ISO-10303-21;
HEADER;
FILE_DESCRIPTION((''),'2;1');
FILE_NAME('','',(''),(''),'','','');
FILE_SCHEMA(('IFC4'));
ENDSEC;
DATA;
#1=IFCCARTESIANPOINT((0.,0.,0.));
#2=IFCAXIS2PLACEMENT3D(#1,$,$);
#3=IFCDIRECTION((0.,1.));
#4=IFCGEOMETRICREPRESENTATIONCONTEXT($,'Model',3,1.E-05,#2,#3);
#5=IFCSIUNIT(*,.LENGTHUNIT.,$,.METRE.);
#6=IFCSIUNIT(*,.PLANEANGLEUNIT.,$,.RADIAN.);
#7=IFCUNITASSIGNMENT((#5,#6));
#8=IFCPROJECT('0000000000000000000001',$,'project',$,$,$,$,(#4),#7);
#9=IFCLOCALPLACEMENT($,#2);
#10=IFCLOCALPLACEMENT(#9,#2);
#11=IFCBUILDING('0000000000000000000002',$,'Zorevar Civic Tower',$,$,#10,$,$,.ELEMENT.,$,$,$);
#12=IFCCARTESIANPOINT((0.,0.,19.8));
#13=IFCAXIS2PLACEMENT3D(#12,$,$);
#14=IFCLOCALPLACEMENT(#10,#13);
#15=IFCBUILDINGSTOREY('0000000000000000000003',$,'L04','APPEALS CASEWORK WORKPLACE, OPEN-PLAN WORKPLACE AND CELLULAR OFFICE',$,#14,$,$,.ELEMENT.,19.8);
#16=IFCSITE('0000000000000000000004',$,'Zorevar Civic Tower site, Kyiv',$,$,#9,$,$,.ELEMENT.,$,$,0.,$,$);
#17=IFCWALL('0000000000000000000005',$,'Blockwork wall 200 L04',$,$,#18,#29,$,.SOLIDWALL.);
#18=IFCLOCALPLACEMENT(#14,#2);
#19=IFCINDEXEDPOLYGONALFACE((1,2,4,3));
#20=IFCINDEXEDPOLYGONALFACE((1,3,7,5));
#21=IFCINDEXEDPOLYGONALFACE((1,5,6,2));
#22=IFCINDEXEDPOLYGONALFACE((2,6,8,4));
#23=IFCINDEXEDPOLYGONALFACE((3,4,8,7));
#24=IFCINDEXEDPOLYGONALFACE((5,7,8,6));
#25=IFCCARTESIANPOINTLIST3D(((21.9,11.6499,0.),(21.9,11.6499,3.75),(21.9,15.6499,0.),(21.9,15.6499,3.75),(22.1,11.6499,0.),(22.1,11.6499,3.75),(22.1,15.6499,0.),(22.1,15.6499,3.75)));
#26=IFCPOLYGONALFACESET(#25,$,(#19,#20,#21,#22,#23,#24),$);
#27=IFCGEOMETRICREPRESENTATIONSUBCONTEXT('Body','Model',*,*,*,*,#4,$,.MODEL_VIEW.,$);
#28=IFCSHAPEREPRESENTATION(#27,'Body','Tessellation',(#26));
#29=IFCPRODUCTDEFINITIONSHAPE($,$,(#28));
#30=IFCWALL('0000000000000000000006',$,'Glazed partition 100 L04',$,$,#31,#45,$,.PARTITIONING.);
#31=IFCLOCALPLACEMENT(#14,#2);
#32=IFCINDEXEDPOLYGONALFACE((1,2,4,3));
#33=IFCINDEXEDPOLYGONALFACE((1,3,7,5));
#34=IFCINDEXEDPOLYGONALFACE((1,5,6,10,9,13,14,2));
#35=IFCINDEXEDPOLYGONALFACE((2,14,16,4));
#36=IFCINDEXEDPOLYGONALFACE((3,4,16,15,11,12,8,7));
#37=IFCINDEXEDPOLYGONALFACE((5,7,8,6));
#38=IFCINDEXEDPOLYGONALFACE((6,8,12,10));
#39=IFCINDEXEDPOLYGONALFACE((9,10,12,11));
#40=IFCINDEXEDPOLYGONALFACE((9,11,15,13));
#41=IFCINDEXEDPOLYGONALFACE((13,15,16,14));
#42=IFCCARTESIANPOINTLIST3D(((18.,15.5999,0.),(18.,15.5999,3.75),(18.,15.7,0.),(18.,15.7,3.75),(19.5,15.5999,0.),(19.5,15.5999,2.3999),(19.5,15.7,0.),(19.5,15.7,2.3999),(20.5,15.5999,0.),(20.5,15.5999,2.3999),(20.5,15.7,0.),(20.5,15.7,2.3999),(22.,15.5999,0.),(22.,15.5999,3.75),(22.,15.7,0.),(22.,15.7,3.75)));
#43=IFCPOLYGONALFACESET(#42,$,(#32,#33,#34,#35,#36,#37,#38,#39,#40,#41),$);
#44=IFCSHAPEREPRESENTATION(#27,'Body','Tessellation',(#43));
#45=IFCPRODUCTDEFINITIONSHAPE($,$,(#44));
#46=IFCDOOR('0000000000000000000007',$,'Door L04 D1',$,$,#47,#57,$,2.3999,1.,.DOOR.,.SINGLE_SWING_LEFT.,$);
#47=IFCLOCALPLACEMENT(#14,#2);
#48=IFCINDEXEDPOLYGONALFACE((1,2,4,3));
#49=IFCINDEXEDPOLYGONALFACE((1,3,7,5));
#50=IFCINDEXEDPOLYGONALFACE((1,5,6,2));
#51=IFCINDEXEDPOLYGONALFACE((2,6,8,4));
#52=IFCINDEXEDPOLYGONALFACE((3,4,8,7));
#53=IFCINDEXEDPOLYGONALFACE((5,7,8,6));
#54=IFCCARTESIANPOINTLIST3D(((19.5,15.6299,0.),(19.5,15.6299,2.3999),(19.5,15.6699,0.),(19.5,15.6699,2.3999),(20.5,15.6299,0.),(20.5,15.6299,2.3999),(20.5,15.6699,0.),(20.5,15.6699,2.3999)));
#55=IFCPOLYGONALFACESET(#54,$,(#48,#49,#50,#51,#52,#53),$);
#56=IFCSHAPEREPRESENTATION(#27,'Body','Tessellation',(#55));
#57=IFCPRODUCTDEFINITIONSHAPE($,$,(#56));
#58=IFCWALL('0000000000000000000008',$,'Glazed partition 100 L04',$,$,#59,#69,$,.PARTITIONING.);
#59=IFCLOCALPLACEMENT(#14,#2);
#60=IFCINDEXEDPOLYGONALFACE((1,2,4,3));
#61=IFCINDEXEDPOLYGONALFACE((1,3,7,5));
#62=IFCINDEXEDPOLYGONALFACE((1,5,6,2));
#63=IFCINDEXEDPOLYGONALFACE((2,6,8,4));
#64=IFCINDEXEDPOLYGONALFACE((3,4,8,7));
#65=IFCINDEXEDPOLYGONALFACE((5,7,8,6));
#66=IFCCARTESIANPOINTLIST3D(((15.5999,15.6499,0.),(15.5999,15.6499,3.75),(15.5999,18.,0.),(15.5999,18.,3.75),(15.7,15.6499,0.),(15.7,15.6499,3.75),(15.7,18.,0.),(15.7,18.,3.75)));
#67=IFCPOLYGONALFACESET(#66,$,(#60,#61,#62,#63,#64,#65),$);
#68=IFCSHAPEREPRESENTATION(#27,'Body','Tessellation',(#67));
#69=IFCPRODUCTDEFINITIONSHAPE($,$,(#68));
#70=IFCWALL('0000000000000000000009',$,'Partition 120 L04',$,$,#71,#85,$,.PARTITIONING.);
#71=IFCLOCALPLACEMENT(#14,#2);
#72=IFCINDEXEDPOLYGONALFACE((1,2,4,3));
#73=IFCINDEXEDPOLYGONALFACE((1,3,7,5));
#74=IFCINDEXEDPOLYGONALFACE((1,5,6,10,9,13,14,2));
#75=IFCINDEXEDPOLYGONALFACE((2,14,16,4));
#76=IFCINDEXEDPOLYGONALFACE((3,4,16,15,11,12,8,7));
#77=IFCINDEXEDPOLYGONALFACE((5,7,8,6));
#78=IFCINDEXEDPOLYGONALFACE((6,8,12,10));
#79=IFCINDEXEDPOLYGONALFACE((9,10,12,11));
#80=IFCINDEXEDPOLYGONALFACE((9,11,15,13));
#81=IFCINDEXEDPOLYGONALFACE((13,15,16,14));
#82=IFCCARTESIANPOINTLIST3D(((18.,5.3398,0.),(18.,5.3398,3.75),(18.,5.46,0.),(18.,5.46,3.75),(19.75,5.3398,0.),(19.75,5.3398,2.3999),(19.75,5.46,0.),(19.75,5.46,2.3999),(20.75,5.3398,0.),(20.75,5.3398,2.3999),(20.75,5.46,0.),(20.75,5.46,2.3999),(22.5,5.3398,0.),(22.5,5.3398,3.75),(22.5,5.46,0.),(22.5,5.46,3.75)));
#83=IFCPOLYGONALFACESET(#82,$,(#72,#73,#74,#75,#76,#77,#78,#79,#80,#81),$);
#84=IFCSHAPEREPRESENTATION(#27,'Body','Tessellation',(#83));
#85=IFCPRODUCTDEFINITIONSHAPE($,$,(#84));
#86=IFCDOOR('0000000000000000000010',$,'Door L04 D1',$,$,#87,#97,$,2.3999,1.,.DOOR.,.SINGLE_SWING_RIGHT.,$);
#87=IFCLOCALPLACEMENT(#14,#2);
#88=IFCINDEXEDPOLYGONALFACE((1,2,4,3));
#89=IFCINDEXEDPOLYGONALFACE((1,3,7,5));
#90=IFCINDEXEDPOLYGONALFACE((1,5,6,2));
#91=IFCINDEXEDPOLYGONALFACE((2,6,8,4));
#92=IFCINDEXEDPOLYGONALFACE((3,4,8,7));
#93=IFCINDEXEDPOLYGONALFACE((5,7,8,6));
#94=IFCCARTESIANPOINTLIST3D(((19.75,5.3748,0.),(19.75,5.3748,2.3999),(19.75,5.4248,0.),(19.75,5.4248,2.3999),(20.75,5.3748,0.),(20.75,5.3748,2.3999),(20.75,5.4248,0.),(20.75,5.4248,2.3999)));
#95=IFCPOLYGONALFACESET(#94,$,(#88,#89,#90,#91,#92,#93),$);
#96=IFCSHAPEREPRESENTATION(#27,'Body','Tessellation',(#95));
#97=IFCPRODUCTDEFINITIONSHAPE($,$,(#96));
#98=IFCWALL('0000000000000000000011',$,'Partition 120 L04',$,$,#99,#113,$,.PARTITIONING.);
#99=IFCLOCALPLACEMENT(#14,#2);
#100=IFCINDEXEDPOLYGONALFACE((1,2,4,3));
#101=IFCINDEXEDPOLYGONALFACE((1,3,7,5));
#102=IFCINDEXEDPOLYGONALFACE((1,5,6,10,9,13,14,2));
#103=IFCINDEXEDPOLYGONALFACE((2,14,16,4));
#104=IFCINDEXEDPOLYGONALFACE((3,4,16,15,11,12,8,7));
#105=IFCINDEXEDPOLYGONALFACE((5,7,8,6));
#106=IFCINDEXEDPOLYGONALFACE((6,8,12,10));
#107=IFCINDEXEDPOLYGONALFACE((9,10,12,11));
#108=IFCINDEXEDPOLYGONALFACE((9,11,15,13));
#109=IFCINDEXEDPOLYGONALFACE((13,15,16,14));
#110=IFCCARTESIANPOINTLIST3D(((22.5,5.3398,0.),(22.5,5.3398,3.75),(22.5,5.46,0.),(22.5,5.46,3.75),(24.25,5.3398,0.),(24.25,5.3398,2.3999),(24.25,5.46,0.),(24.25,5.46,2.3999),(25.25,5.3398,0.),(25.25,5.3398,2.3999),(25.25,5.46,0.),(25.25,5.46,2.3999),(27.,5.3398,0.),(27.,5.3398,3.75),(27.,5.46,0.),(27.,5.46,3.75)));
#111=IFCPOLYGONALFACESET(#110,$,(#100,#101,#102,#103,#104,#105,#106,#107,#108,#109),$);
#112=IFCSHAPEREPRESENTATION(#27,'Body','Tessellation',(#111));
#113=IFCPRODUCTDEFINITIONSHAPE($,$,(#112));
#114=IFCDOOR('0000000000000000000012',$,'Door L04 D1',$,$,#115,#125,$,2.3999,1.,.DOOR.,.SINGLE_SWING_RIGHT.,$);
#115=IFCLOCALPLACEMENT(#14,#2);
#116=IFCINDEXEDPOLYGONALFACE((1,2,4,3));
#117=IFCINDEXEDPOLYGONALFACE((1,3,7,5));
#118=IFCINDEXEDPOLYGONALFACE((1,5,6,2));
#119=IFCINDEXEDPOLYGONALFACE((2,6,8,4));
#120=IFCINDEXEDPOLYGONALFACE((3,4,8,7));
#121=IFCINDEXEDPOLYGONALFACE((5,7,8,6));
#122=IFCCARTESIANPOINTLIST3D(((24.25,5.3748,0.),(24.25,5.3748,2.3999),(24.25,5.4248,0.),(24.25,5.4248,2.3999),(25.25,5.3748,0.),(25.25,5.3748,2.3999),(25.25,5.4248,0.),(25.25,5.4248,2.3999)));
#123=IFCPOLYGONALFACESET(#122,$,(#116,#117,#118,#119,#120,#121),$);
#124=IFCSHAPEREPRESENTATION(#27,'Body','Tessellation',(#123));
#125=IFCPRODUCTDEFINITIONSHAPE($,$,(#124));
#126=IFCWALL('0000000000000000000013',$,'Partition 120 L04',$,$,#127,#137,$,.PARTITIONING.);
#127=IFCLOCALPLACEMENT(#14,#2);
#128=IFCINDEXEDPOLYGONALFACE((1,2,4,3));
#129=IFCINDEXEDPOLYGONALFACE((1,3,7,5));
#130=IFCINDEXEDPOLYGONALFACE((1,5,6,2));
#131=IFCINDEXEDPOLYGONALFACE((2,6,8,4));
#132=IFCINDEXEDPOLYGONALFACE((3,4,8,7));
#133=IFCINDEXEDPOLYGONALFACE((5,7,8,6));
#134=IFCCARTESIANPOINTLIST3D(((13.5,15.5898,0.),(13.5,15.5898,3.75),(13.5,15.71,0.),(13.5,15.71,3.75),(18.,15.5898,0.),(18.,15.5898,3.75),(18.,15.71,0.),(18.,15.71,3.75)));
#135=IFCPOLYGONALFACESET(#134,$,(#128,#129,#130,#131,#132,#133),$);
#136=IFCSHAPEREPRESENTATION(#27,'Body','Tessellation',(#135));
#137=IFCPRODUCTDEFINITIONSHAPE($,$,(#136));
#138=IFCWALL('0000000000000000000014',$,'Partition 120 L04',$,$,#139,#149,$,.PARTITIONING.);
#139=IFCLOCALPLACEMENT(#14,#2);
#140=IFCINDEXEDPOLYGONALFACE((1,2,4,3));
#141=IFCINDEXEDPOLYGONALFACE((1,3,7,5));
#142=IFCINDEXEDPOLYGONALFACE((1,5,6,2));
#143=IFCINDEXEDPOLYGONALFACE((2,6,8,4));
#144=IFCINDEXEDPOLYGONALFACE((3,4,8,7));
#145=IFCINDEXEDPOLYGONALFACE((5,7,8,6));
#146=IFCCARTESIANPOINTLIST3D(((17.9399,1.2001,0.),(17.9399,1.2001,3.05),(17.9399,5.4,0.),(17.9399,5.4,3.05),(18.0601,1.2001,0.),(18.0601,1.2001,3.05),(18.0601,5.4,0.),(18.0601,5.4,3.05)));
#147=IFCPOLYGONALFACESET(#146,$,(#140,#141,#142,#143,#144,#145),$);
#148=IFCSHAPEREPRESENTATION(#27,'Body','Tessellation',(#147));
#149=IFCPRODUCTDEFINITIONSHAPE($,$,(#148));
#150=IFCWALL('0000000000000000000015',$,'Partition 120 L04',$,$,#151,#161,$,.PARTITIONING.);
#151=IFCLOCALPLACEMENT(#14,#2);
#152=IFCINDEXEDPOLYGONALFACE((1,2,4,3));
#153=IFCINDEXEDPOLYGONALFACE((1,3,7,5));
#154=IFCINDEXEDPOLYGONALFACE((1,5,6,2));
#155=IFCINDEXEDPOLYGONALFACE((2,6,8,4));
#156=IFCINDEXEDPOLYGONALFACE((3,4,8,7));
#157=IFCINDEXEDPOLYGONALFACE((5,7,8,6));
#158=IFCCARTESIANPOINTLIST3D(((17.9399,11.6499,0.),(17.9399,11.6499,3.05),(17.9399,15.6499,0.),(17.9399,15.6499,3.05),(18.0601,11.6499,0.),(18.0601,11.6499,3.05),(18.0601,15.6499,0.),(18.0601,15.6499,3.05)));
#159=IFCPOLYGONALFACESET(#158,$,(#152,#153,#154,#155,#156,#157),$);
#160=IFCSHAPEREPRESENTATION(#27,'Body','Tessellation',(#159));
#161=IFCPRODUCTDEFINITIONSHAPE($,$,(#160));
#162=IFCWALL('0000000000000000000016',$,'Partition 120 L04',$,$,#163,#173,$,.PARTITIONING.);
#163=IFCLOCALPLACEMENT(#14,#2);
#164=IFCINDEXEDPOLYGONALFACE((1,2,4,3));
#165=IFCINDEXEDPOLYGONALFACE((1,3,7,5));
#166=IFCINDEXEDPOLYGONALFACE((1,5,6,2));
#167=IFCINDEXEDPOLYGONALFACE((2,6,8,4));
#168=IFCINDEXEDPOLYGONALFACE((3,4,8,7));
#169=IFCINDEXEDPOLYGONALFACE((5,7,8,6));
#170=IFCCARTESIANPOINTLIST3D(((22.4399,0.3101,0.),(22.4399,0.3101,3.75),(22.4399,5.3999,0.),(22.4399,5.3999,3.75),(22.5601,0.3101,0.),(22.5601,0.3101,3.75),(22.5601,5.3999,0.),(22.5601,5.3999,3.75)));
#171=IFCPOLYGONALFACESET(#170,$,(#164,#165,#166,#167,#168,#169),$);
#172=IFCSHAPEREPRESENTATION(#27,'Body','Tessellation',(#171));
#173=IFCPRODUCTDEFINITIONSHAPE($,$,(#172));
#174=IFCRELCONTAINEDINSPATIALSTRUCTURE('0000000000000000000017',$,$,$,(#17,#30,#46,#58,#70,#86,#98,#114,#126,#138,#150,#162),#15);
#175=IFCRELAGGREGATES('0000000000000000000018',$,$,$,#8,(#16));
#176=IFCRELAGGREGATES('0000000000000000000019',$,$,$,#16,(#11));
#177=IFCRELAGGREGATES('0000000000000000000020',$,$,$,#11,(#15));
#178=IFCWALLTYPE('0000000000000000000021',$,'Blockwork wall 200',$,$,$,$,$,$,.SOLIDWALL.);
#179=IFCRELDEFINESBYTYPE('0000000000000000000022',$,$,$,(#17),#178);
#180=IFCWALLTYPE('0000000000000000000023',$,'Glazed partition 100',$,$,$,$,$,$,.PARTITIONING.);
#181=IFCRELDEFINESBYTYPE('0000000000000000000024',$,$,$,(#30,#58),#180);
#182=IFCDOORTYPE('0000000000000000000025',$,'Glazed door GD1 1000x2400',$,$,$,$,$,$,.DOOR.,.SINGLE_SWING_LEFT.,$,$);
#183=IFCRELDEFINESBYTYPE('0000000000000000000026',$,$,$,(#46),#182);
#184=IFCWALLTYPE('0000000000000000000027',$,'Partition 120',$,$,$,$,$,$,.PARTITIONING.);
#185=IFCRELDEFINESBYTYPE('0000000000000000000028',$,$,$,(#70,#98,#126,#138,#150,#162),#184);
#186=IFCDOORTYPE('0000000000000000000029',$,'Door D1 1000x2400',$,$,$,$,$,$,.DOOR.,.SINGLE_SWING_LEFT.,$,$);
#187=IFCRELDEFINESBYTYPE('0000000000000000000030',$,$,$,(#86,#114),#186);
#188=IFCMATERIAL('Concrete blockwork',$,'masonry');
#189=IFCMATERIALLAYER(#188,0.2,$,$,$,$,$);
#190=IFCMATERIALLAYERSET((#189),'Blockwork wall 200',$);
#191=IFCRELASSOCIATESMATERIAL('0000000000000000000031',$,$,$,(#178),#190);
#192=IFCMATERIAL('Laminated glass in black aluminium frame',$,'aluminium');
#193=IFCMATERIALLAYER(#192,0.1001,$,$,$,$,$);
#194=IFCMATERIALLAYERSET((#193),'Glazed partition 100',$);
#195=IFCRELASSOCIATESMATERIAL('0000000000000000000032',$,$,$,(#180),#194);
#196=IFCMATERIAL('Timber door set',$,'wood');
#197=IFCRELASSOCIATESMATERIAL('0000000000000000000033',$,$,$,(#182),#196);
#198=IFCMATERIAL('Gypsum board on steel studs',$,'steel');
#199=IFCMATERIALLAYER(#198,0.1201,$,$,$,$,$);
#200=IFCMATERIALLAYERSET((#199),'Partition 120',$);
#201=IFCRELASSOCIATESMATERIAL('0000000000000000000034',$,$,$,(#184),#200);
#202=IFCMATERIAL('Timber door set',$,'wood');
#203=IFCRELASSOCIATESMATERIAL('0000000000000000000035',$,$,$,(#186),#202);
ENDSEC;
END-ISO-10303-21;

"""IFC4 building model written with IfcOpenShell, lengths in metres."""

from ifc_helpers import new_model, si_unit, direction, frame, frame_2d, origin, place, context, subcontext, project, spatial, rectangle, extrude, material, layer, layer_set, type_object, element, fill, save


model = new_model("IFC4")

# Units and contexts
model_context = context("Model", 3, precision=1e-05, world=origin(), true_north=direction((0.0, 1.0)))
body_context = subcontext(model_context, "Body", "Model", "MODEL_VIEW")
ifc_project = project(units=[si_unit("LENGTHUNIT", "METRE"), si_unit("PLANEANGLEUNIT", "RADIAN")], contexts=[model_context])

# Site, building, storey
site_placement = place(None, origin())
site = spatial("IfcSite", under=ifc_project, at=site_placement, Name="Zorevar Civic Tower site, Kyiv", CompositionType="ELEMENT", RefElevation=0.0)
building_placement = place(site_placement, origin())
building = spatial("IfcBuilding", under=site, at=building_placement, Name="Zorevar Civic Tower", CompositionType="ELEMENT")
storey_placement = place(building_placement, frame((0.0, 0.0, 19.8)))
storey = spatial("IfcBuildingStorey", under=building, at=storey_placement, Name="L04", Description="APPEALS CASEWORK WORKPLACE, OPEN-PLAN WORKPLACE AND CELLULAR OFFICE", CompositionType="ELEMENT", Elevation=19.8)

# Shared definitions
ifc_material_1 = material(Name="Concrete blockwork", Category="masonry")
ifc_layer_1 = layer(ifc_material_1, 0.2)
ifc_layer_set_1 = layer_set([ifc_layer_1], Name="Blockwork wall 200")
wall_type_1 = type_object("IfcWallType", Name="Blockwork wall 200", PredefinedType="SOLIDWALL", material=ifc_layer_set_1)

# Wall
wall_1_placement = place(storey_placement, frame((22.0, 11.6499, 0.0), z_axis=(0.0, 0.0, 1.0), x_axis=(0.0, 1.0, 0.0)))
element("IfcWall", 1, at=wall_1_placement, inside=storey, type_object=wall_type_1, Name="Blockwork wall 200 L04", PredefinedType="SOLIDWALL", context=body_context, shape_type="SweptSolid", body=[
    extrude(rectangle(XDim=4.0, YDim=0.2, at=frame_2d((2.0, 0.0))), origin(), (0.0, 0.0, 1.0), 3.75),
])

# Wall, opening, door
ifc_material_2 = material(Name="Laminated glass in black aluminium frame", Category="aluminium")
ifc_layer_2 = layer(ifc_material_2, 0.1001)
ifc_layer_set_2 = layer_set([ifc_layer_2], Name="Glazed partition 100")
wall_type_2 = type_object("IfcWallType", Name="Glazed partition 100", PredefinedType="PARTITIONING", material=ifc_layer_set_2)
wall_2_placement = place(storey_placement, frame((18.0, 15.6499, 0.0), z_axis=(0.0, 0.0, 1.0), x_axis=(1.0, 0.0, 0.0)))
wall_2 = element("IfcWall", 2, at=wall_2_placement, inside=storey, type_object=wall_type_2, Name="Glazed partition 100 L04", PredefinedType="PARTITIONING", context=body_context, shape_type="SweptSolid", body=[
    extrude(rectangle(XDim=4.0, YDim=0.1001, at=frame_2d((2.0, 0.0))), origin(), (0.0, 0.0, 1.0), 3.75),
])
opening_1_placement = place(wall_2_placement, frame((1.5, 0.0, 0.0)))
opening_1 = element("IfcOpeningElement", 3, at=opening_1_placement, cuts=wall_2, PredefinedType="OPENING", context=body_context, shape_type="SweptSolid", body=[
    extrude(rectangle(XDim=1.0, YDim=2.3999, at=frame_2d((0.5, 1.2))), frame((0.0, 0.0601, 0.0), z_axis=(0.0, -1.0, 0.0), x_axis=(1.0, 0.0, 0.0)), (0.0, 0.0, 1.0), 0.1201),
])
ifc_material_3 = material(Name="Timber door set", Category="wood")
door_type_1 = type_object("IfcDoorType", Name="Glazed door GD1 1000x2400", OperationType="SINGLE_SWING_LEFT", PredefinedType="DOOR", material=ifc_material_3)
door_1_placement = place(opening_1_placement, origin())
door_1 = element("IfcDoor", 4, at=door_1_placement, inside=storey, type_object=door_type_1, Name="Door L04 D1", OperationType="SINGLE_SWING_LEFT", OverallHeight=2.3999, OverallWidth=1.0, PredefinedType="DOOR", context=body_context, shape_type="SweptSolid", body=[
    extrude(rectangle(XDim=1.0, YDim=2.3999, at=frame_2d((0.5, 1.2))), frame((0.0, 0.02, 0.0), z_axis=(0.0, -1.0, 0.0), x_axis=(1.0, 0.0, 0.0)), (0.0, 0.0, 1.0), 0.04),
])
fill(opening_1, door_1)

# Wall
wall_3_placement = place(storey_placement, frame((15.6499, 15.6499, 0.0), z_axis=(0.0, 0.0, 1.0), x_axis=(0.0, 1.0, 0.0)))
element("IfcWall", 5, at=wall_3_placement, inside=storey, type_object=wall_type_2, Name="Glazed partition 100 L04", PredefinedType="PARTITIONING", context=body_context, shape_type="SweptSolid", body=[
    extrude(rectangle(XDim=2.3501, YDim=0.1001, at=frame_2d((1.175, 0.0))), origin(), (0.0, 0.0, 1.0), 3.75),
])

# Walls, openings, doors
ifc_material_4 = material(Name="Gypsum board on steel studs", Category="steel")
ifc_layer_3 = layer(ifc_material_4, 0.1201)
ifc_layer_set_3 = layer_set([ifc_layer_3], Name="Partition 120")
wall_type_3 = type_object("IfcWallType", Name="Partition 120", PredefinedType="PARTITIONING", material=ifc_layer_set_3)
wall_4_placement = place(storey_placement, frame((18.0, 5.3999, 0.0), z_axis=(0.0, 0.0, 1.0), x_axis=(1.0, 0.0, 0.0)))
wall_4 = element("IfcWall", 6, at=wall_4_placement, inside=storey, type_object=wall_type_3, Name="Partition 120 L04", PredefinedType="PARTITIONING", context=body_context, shape_type="SweptSolid", body=[
    extrude(rectangle(XDim=4.5, YDim=0.1201, at=frame_2d((2.25, 0.0))), origin(), (0.0, 0.0, 1.0), 3.75),
])
opening_2_placement = place(wall_4_placement, frame((1.75, 0.0, 0.0)))
opening_2 = element("IfcOpeningElement", 7, at=opening_2_placement, cuts=wall_4, PredefinedType="OPENING", context=body_context, shape_type="SweptSolid", body=[
    extrude(rectangle(XDim=1.0, YDim=2.3999, at=frame_2d((0.5, 1.2))), frame((0.0, 0.0701, 0.0), z_axis=(0.0, -1.0, 0.0), x_axis=(1.0, 0.0, 0.0)), (0.0, 0.0, 1.0), 0.1401),
])
ifc_material_5 = material(Name="Timber door set", Category="wood")
door_type_2 = type_object("IfcDoorType", Name="Door D1 1000x2400", OperationType="SINGLE_SWING_LEFT", PredefinedType="DOOR", material=ifc_material_5)
door_2_placement = place(opening_2_placement, origin())
door_2 = element("IfcDoor", 8, at=door_2_placement, inside=storey, type_object=door_type_2, Name="Door L04 D1", OperationType="SINGLE_SWING_RIGHT", OverallHeight=2.3999, OverallWidth=1.0, PredefinedType="DOOR", context=body_context, shape_type="SweptSolid", body=[
    extrude(rectangle(XDim=1.0, YDim=2.3999, at=frame_2d((0.5, 1.2))), frame((0.0, 0.0249, 0.0), z_axis=(0.0, -1.0, 0.0), x_axis=(1.0, 0.0, 0.0)), (0.0, 0.0, 1.0), 0.05),
])
fill(opening_2, door_2)
wall_5_placement = place(storey_placement, frame((22.5, 5.3999, 0.0), z_axis=(0.0, 0.0, 1.0), x_axis=(1.0, 0.0, 0.0)))
wall_5 = element("IfcWall", 9, at=wall_5_placement, inside=storey, type_object=wall_type_3, Name="Partition 120 L04", PredefinedType="PARTITIONING", context=body_context, shape_type="SweptSolid", body=[
    extrude(rectangle(XDim=4.5, YDim=0.1201, at=frame_2d((2.25, 0.0))), origin(), (0.0, 0.0, 1.0), 3.75),
])
opening_3_placement = place(wall_5_placement, frame((1.75, 0.0, 0.0)))
opening_3 = element("IfcOpeningElement", 10, at=opening_3_placement, cuts=wall_5, PredefinedType="OPENING", context=body_context, shape_type="SweptSolid", body=[
    extrude(rectangle(XDim=1.0, YDim=2.3999, at=frame_2d((0.5, 1.2))), frame((0.0, 0.0701, 0.0), z_axis=(0.0, -1.0, 0.0), x_axis=(1.0, 0.0, 0.0)), (0.0, 0.0, 1.0), 0.1401),
])
door_3_placement = place(opening_3_placement, origin())
door_3 = element("IfcDoor", 11, at=door_3_placement, inside=storey, type_object=door_type_2, Name="Door L04 D1", OperationType="SINGLE_SWING_RIGHT", OverallHeight=2.3999, OverallWidth=1.0, PredefinedType="DOOR", context=body_context, shape_type="SweptSolid", body=[
    extrude(rectangle(XDim=1.0, YDim=2.3999, at=frame_2d((0.5, 1.2))), frame((0.0, 0.0249, 0.0), z_axis=(0.0, -1.0, 0.0), x_axis=(1.0, 0.0, 0.0)), (0.0, 0.0, 1.0), 0.05),
])
fill(opening_3, door_3)

# Walls
wall_6_placement = place(storey_placement, frame((13.5, 15.6499, 0.0), z_axis=(0.0, 0.0, 1.0), x_axis=(1.0, 0.0, 0.0)))
element("IfcWall", 12, at=wall_6_placement, inside=storey, type_object=wall_type_3, Name="Partition 120 L04", PredefinedType="PARTITIONING", context=body_context, shape_type="SweptSolid", body=[
    extrude(rectangle(XDim=4.5, YDim=0.1201, at=frame_2d((2.25, 0.0))), origin(), (0.0, 0.0, 1.0), 3.75),
])
wall_7_placement = place(storey_placement, frame((18.0, 1.2, 0.0), z_axis=(0.0, 0.0, 1.0), x_axis=(0.0, 1.0, 0.0)))
element("IfcWall", 13, at=wall_7_placement, inside=storey, type_object=wall_type_3, Name="Partition 120 L04", PredefinedType="PARTITIONING", context=body_context, shape_type="SweptSolid", body=[
    extrude(rectangle(XDim=4.2, YDim=0.1201, at=frame_2d((2.1001, 0.0))), origin(), (0.0, 0.0, 1.0), 3.05),
])
wall_8_placement = place(storey_placement, frame((18.0, 11.6499, 0.0), z_axis=(0.0, 0.0, 1.0), x_axis=(0.0, 1.0, 0.0)))
element("IfcWall", 14, at=wall_8_placement, inside=storey, type_object=wall_type_3, Name="Partition 120 L04", PredefinedType="PARTITIONING", context=body_context, shape_type="SweptSolid", body=[
    extrude(rectangle(XDim=4.0, YDim=0.1201, at=frame_2d((2.0, 0.0))), origin(), (0.0, 0.0, 1.0), 3.05),
])
wall_9_placement = place(storey_placement, frame((22.5, 0.3101, 0.0), z_axis=(0.0, 0.0, 1.0), x_axis=(0.0, 1.0, 0.0)))
element("IfcWall", 15, at=wall_9_placement, inside=storey, type_object=wall_type_3, Name="Partition 120 L04", PredefinedType="PARTITIONING", context=body_context, shape_type="SweptSolid", body=[
    extrude(rectangle(XDim=5.0898, YDim=0.1201, at=frame_2d((2.5449, 0.0))), origin(), (0.0, 0.0, 1.0), 3.75),
])

save(model, "model.ifc")
